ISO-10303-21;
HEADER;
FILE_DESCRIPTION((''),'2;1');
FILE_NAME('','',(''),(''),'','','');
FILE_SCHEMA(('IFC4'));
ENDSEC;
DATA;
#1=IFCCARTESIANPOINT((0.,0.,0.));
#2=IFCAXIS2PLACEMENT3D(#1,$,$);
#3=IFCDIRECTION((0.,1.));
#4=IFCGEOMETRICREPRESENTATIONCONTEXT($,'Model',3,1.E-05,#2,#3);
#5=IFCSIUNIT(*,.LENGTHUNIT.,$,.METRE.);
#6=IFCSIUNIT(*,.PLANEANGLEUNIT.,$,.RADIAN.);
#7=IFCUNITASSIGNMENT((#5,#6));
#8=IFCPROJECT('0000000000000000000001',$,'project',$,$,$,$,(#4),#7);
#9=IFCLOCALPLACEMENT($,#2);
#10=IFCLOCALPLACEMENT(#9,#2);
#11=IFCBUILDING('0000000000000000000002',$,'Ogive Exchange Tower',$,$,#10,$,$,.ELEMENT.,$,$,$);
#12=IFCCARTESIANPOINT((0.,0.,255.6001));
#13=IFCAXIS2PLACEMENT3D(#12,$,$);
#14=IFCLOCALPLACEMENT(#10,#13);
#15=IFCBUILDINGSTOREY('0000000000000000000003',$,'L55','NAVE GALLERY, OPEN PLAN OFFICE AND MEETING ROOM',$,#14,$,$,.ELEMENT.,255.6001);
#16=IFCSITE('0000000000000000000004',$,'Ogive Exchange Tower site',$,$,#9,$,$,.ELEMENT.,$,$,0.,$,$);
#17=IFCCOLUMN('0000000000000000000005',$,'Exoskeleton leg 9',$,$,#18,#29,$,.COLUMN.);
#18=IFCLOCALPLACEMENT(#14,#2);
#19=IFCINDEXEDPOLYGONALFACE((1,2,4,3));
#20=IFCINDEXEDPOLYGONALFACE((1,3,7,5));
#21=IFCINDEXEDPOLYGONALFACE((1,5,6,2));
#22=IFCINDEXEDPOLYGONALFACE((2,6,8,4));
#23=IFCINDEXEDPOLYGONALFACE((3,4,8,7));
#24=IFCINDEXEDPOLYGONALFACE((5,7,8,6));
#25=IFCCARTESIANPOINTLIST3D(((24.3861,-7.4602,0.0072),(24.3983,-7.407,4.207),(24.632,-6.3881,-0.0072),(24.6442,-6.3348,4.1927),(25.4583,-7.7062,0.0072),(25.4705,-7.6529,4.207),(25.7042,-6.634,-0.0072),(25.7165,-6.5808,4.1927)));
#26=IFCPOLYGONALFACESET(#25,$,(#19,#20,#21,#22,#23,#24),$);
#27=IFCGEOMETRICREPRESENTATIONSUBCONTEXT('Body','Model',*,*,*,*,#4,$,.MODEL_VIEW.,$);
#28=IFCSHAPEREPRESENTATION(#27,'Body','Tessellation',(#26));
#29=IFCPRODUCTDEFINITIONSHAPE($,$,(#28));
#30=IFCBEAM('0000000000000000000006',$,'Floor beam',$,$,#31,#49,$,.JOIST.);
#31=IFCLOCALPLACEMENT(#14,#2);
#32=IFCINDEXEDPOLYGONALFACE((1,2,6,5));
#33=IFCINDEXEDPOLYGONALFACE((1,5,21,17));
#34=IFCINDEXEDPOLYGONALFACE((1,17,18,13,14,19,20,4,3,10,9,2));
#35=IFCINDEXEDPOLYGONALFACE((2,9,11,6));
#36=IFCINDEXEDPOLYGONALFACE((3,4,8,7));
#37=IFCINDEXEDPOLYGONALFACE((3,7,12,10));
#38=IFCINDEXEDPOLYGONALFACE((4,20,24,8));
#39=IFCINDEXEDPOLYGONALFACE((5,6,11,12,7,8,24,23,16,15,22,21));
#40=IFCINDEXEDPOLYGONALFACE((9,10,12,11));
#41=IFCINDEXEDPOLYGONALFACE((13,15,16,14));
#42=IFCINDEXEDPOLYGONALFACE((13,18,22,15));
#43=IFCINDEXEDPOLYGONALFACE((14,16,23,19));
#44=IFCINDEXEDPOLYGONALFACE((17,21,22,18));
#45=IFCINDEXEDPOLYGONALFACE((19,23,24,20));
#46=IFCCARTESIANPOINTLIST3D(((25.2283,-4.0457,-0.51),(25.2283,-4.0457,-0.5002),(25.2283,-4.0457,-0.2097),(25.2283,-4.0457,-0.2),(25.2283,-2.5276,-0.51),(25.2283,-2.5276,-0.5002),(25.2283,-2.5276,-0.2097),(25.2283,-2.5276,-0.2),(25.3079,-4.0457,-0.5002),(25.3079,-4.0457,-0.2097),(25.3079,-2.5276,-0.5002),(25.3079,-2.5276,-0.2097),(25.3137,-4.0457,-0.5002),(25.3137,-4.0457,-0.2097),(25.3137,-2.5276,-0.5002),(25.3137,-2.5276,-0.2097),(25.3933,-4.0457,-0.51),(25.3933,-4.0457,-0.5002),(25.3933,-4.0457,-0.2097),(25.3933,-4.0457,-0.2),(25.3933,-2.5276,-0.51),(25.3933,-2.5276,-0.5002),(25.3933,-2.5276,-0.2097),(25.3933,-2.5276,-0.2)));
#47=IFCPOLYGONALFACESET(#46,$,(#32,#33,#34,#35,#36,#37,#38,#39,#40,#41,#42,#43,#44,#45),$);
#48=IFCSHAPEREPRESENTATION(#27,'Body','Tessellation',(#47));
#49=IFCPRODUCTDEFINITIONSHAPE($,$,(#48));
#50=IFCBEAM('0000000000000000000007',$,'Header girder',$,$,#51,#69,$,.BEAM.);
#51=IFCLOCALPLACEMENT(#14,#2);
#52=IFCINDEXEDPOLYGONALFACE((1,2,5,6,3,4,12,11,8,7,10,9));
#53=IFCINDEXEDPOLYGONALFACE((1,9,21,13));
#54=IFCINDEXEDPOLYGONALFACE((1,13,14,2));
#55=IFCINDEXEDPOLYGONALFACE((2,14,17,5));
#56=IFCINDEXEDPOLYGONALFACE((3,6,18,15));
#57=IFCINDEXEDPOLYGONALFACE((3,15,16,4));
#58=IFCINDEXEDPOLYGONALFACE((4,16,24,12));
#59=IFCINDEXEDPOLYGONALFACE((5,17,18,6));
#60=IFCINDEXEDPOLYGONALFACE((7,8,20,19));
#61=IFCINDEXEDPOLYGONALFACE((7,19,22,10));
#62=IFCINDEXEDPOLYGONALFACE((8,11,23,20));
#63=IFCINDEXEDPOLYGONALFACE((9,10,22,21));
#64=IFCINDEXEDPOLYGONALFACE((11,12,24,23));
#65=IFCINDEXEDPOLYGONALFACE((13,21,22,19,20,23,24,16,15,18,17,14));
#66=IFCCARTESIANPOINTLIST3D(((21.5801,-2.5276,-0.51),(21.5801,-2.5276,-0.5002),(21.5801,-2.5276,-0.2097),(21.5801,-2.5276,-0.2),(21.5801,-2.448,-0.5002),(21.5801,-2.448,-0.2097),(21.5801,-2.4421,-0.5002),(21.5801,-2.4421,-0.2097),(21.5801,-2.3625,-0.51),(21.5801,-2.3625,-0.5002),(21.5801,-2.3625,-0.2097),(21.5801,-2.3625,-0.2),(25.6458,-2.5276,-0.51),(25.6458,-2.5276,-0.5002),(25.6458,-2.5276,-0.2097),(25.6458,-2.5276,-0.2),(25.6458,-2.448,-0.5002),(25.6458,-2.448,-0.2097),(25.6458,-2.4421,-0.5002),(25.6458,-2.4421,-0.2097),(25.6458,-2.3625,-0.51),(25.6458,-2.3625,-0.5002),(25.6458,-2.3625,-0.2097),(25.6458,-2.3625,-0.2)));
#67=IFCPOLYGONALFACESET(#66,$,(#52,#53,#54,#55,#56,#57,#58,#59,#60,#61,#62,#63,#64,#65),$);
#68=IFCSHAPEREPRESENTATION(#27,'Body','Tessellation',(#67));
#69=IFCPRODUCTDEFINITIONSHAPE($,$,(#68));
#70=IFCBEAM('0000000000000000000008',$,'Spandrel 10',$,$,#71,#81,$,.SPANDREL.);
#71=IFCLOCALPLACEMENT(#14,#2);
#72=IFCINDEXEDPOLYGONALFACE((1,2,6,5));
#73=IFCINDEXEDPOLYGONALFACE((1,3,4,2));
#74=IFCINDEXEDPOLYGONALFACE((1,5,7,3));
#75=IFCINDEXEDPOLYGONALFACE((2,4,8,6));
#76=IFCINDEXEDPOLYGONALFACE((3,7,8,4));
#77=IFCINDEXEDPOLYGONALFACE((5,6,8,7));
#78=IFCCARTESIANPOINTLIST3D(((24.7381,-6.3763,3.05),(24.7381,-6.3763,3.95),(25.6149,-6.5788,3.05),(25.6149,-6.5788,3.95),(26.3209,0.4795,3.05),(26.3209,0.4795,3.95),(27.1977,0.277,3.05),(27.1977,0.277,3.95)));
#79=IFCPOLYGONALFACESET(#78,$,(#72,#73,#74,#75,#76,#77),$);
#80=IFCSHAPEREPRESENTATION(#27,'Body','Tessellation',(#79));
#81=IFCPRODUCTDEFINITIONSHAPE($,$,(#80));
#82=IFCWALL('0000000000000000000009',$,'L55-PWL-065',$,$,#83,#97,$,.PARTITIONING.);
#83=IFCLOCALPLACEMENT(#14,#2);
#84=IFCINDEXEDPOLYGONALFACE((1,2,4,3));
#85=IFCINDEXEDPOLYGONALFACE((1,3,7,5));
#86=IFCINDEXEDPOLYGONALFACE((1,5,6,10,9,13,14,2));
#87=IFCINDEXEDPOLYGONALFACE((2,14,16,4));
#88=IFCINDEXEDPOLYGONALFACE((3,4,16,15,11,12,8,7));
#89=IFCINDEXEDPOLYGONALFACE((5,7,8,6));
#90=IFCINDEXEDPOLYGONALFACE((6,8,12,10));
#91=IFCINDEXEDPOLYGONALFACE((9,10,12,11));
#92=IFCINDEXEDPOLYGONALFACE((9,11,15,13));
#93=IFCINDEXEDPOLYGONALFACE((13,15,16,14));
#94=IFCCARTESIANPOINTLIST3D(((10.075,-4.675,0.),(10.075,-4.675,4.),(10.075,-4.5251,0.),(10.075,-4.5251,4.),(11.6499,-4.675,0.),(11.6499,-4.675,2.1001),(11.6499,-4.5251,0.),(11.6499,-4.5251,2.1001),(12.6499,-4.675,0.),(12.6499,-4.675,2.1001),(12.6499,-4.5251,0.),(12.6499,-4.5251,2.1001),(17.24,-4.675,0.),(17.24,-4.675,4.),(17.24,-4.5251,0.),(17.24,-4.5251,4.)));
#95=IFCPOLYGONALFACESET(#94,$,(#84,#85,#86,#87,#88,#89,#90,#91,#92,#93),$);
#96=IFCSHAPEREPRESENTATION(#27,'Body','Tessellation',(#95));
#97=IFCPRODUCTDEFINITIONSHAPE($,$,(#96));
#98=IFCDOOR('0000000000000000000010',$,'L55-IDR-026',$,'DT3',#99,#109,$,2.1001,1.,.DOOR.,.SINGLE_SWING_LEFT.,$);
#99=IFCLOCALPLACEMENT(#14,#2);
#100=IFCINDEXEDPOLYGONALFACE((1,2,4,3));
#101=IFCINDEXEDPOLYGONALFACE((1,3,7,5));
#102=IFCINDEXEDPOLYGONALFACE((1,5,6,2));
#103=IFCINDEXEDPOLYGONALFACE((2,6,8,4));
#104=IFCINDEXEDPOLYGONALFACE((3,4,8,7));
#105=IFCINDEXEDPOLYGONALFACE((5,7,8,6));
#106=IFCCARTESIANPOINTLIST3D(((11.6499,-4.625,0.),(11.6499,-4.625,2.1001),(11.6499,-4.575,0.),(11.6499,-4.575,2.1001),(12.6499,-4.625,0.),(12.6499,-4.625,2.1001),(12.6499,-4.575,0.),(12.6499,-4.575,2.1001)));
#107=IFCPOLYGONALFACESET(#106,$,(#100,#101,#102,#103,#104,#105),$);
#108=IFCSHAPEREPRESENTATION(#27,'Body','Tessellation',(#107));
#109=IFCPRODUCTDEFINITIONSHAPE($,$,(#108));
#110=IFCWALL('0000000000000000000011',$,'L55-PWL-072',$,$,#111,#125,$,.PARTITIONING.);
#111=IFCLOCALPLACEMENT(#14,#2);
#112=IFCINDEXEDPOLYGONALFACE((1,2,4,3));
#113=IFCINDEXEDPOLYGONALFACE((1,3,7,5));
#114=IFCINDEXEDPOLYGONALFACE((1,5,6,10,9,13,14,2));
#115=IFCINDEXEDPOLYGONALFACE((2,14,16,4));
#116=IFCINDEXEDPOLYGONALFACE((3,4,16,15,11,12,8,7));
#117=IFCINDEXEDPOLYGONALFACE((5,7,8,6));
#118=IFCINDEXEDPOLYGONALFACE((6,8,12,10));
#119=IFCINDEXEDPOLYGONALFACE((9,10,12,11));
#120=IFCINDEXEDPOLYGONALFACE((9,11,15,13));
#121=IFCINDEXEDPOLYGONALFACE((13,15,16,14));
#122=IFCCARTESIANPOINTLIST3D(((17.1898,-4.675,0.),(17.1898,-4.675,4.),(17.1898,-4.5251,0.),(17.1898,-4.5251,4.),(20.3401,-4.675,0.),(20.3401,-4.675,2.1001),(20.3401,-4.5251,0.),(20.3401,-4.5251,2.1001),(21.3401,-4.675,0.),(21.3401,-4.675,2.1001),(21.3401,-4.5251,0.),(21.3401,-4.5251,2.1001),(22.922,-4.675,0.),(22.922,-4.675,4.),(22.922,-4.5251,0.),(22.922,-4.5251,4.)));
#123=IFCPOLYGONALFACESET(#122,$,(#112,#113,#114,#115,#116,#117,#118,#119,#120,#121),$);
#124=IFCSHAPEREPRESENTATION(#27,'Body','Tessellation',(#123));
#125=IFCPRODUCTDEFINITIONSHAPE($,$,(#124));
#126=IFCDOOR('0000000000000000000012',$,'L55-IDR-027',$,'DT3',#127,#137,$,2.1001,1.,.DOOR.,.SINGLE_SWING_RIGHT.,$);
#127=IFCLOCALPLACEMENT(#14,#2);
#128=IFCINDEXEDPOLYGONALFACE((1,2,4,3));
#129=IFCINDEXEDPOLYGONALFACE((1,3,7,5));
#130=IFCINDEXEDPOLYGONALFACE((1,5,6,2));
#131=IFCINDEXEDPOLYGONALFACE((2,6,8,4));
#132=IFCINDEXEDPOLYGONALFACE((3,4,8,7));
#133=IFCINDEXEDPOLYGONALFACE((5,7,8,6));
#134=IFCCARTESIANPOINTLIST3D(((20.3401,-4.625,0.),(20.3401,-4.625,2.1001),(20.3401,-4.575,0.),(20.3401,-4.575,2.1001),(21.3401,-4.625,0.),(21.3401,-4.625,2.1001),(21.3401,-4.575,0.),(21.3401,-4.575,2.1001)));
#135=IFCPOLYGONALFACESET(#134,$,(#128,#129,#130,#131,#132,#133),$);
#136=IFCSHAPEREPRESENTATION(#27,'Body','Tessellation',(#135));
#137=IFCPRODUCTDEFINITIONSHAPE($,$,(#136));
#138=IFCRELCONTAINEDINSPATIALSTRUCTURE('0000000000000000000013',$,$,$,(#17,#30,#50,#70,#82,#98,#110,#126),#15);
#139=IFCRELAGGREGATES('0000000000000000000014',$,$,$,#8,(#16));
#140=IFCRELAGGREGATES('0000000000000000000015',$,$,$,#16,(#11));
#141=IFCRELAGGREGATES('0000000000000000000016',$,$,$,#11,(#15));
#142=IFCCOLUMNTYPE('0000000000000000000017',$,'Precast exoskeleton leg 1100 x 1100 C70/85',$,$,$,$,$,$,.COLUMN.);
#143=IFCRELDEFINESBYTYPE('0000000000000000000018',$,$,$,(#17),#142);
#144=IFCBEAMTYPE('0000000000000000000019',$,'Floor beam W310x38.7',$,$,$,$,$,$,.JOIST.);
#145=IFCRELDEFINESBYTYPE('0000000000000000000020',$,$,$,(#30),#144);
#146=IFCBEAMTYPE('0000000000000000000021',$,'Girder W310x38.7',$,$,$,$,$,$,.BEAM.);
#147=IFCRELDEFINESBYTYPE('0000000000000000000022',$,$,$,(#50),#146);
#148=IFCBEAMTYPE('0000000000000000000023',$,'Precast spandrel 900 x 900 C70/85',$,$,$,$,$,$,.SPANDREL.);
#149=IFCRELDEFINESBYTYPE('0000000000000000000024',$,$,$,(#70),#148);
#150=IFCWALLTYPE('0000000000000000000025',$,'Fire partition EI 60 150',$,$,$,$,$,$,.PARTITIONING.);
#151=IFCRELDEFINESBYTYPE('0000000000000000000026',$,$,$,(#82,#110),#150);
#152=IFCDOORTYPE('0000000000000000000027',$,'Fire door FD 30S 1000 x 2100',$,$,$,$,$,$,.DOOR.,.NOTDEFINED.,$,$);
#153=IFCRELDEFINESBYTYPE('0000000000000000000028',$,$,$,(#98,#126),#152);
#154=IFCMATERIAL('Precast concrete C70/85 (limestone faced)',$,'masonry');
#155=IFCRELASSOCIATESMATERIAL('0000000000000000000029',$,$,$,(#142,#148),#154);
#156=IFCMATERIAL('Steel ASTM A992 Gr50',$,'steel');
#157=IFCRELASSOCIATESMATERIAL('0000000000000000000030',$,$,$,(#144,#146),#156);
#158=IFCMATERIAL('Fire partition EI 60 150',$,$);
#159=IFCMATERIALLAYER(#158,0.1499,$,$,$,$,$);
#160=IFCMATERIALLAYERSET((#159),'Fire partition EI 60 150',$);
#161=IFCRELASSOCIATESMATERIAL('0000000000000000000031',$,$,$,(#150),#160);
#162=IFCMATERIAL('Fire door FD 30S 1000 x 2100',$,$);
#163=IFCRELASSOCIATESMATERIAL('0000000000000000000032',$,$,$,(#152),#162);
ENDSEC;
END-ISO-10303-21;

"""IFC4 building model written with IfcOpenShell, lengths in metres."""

from ifc_helpers import new_model, si_unit, direction, frame, frame_2d, origin, origin_2d, place, context, subcontext, project, spatial, rectangle, i_section, extrude, material, layer, layer_set, material_profile, profile_set, type_object, element, fill, save


model = new_model("IFC4")

# Units and contexts
model_context = context("Model", 3, precision=1e-05, world=origin(), true_north=direction((0.0, 1.0)))
body_context = subcontext(model_context, "Body", "Model", "MODEL_VIEW")
ifc_project = project(units=[si_unit("LENGTHUNIT", "METRE"), si_unit("PLANEANGLEUNIT", "RADIAN")], contexts=[model_context])

# Site, building, storey
site_placement = place(None, origin())
site = spatial("IfcSite", under=ifc_project, at=site_placement, Name="Ogive Exchange Tower site", CompositionType="ELEMENT", RefElevation=0.0)
building_placement = place(site_placement, origin())
building = spatial("IfcBuilding", under=site, at=building_placement, Name="Ogive Exchange Tower", CompositionType="ELEMENT")
storey_placement = place(building_placement, frame((0.0, 0.0, 255.6001)))
storey = spatial("IfcBuildingStorey", under=building, at=storey_placement, Name="L55", Description="NAVE GALLERY, OPEN PLAN OFFICE AND MEETING ROOM", CompositionType="ELEMENT", Elevation=255.6001)

# Column
ifc_material_1 = material(Name="Precast concrete C70/85 (limestone faced)", Category="masonry")
ifc_material_profile_1 = material_profile(ifc_material_1, rectangle(XDim=1.1001, YDim=1.1001, at=origin_2d()), Name="1100 x 1100")
ifc_profile_set_1 = profile_set([ifc_material_profile_1], Name="Precast concrete C70/85 (limestone faced)")
column_type = type_object("IfcColumnType", Name="Precast exoskeleton leg 1100 x 1100 C70/85", PredefinedType="COLUMN", material=ifc_profile_set_1)
column_placement = place(storey_placement, frame((25.0452, -7.0471, 0.0), z_axis=(0.002906, 0.012671, 0.999915), x_axis=(-0.974692, 0.223553, 0.0)))
element("IfcColumn", 1, at=column_placement, inside=storey, type_object=column_type, Name="Exoskeleton leg 9", PredefinedType="COLUMN", context=body_context, shape_type="SweptSolid", body=[
    extrude(rectangle(XDim=1.1001, YDim=1.1001, at=origin_2d()), origin(), (0.0, 0.0, 1.0), 4.2002),
])

# Beams
ifc_material_2 = material(Name="Steel ASTM A992 Gr50", Category="steel")
ifc_material_profile_2 = material_profile(ifc_material_2, i_section(OverallWidth=0.165, OverallDepth=0.3101, WebThickness=0.0059, FlangeThickness=0.0098, at=origin_2d()), Name="W310x38.7")
ifc_profile_set_2 = profile_set([ifc_material_profile_2], Name="Steel ASTM A992 Gr50")
beam_type_1 = type_object("IfcBeamType", Name="Floor beam W310x38.7", PredefinedType="JOIST", material=ifc_profile_set_2)
beam_1_placement = place(storey_placement, frame((25.3108, -4.0457, -0.355), z_axis=(0.0, 1.0, 0.0), x_axis=(-1.0, 0.0, 0.0)))
element("IfcBeam", 2, at=beam_1_placement, inside=storey, type_object=beam_type_1, Name="Floor beam", PredefinedType="JOIST", context=body_context, shape_type="SweptSolid", body=[
    extrude(i_section(OverallWidth=0.165, OverallDepth=0.3101, WebThickness=0.0059, FlangeThickness=0.0098, at=origin_2d()), origin(), (0.0, 0.0, 1.0), 1.5181),
])
ifc_material_profile_3 = material_profile(ifc_material_2, i_section(OverallWidth=0.165, OverallDepth=0.3101, WebThickness=0.0059, FlangeThickness=0.0098, at=origin_2d()), Name="W310x38.7")
ifc_profile_set_3 = profile_set([ifc_material_profile_3], Name="Steel ASTM A992 Gr50")
beam_type_2 = type_object("IfcBeamType", Name="Girder W310x38.7", PredefinedType="BEAM", material=ifc_profile_set_3)
beam_2_placement = place(storey_placement, frame((21.5801, -2.4451, -0.355), z_axis=(1.0, 0.0, 0.0), x_axis=(0.0, 1.0, 0.0)))
element("IfcBeam", 3, at=beam_2_placement, inside=storey, type_object=beam_type_2, Name="Header girder", PredefinedType="BEAM", context=body_context, shape_type="SweptSolid", body=[
    extrude(i_section(OverallWidth=0.165, OverallDepth=0.3101, WebThickness=0.0059, FlangeThickness=0.0098, at=origin_2d()), origin(), (0.0, 0.0, 1.0), 4.0657),
])
ifc_material_profile_4 = material_profile(ifc_material_1, rectangle(XDim=0.8999, YDim=0.8999, at=origin_2d()), Name="900 x 900")
ifc_profile_set_4 = profile_set([ifc_material_profile_4], Name="Precast concrete C70/85 (limestone faced)")
beam_type_3 = type_object("IfcBeamType", Name="Precast spandrel 900 x 900 C70/85", PredefinedType="SPANDREL", material=ifc_profile_set_4)
beam_3_placement = place(storey_placement, frame((25.1765, -6.4775, 3.5), z_axis=(0.224951, 0.97437, 0.0), x_axis=(-0.97437, 0.224951, 0.0)))
element("IfcBeam", 4, at=beam_3_placement, inside=storey, type_object=beam_type_3, Name="Spandrel 10", PredefinedType="SPANDREL", context=body_context, shape_type="SweptSolid", body=[
    extrude(rectangle(XDim=0.8999, YDim=0.8999, at=origin_2d()), origin(), (0.0, 0.0, 1.0), 7.0361),
])

# Walls, openings, doors
ifc_material_3 = material(Name="Fire partition EI 60 150")
ifc_layer_1 = layer(ifc_material_3, 0.1499)
ifc_layer_set_1 = layer_set([ifc_layer_1], Name="Fire partition EI 60 150")
wall_type_1 = type_object("IfcWallType", Name="Fire partition EI 60 150", PredefinedType="PARTITIONING", material=ifc_layer_set_1)
wall_1_placement = place(storey_placement, frame((17.24, -4.6001, 0.0), z_axis=(0.0, 0.0, 1.0), x_axis=(-1.0, 0.0, 0.0)))
wall_1 = element("IfcWall", 5, at=wall_1_placement, inside=storey, type_object=wall_type_1, Name="L55-PWL-065", PredefinedType="PARTITIONING", context=body_context, shape_type="SweptSolid", body=[
    extrude(rectangle(XDim=7.165, YDim=0.1499, at=frame_2d((3.5825, 0.0))), origin(), (0.0, 0.0, 1.0), 4.0),
])
opening_1_placement = place(wall_1_placement, frame((4.5901, 0.0, 0.0)))
opening_1 = element("IfcOpeningElement", 6, at=opening_1_placement, cuts=wall_1, PredefinedType="OPENING", context=body_context, shape_type="SweptSolid", body=[
    extrude(rectangle(XDim=1.0, YDim=2.1001, at=frame_2d((0.5, 1.05))), frame((0.0, 0.085, 0.0), z_axis=(0.0, -1.0, 0.0), x_axis=(1.0, 0.0, 0.0)), (0.0, 0.0, 1.0), 0.1699),
])
ifc_material_4 = material(Name="Fire door FD 30S 1000 x 2100")
door_type_1 = type_object("IfcDoorType", Name="Fire door FD 30S 1000 x 2100", OperationType="NOTDEFINED", PredefinedType="DOOR", material=ifc_material_4)
door_1_placement = place(opening_1_placement, origin())
door_1 = element("IfcDoor", 7, at=door_1_placement, inside=storey, type_object=door_type_1, Name="L55-IDR-026", ObjectType="DT3", OperationType="SINGLE_SWING_LEFT", OverallHeight=2.1001, OverallWidth=1.0, PredefinedType="DOOR", context=body_context, shape_type="SweptSolid", body=[
    extrude(rectangle(XDim=1.0, YDim=2.1001, at=frame_2d((0.5, 1.05))), frame((0.0, 0.0249, 0.0), z_axis=(0.0, -1.0, 0.0), x_axis=(1.0, 0.0, 0.0)), (0.0, 0.0, 1.0), 0.05),
])
fill(opening_1, door_1)
wall_2_placement = place(storey_placement, frame((22.9221, -4.6001, 0.0), z_axis=(0.0, 0.0, 1.0), x_axis=(-1.0, 0.0, 0.0)))
wall_2 = element("IfcWall", 8, at=wall_2_placement, inside=storey, type_object=wall_type_1, Name="L55-PWL-072", PredefinedType="PARTITIONING", context=body_context, shape_type="SweptSolid", body=[
    extrude(rectangle(XDim=5.7322, YDim=0.1499, at=frame_2d((2.8662, 0.0))), origin(), (0.0, 0.0, 1.0), 4.0),
])
opening_2_placement = place(wall_2_placement, frame((1.582, 0.0, 0.0)))
opening_2 = element("IfcOpeningElement", 9, at=opening_2_placement, cuts=wall_2, PredefinedType="OPENING", context=body_context, shape_type="SweptSolid", body=[
    extrude(rectangle(XDim=1.0, YDim=2.1001, at=frame_2d((0.5, 1.05))), frame((0.0, 0.085, 0.0), z_axis=(0.0, -1.0, 0.0), x_axis=(1.0, 0.0, 0.0)), (0.0, 0.0, 1.0), 0.1699),
])
door_2_placement = place(opening_2_placement, origin())
door_2 = element("IfcDoor", 10, at=door_2_placement, inside=storey, type_object=door_type_1, Name="L55-IDR-027", ObjectType="DT3", OperationType="SINGLE_SWING_RIGHT", OverallHeight=2.1001, OverallWidth=1.0, PredefinedType="DOOR", context=body_context, shape_type="SweptSolid", body=[
    extrude(rectangle(XDim=1.0, YDim=2.1001, at=frame_2d((0.5, 1.05))), frame((0.0, 0.0249, 0.0), z_axis=(0.0, -1.0, 0.0), x_axis=(1.0, 0.0, 0.0)), (0.0, 0.0, 1.0), 0.05),
])
fill(opening_2, door_2)

save(model, "model.ifc")
